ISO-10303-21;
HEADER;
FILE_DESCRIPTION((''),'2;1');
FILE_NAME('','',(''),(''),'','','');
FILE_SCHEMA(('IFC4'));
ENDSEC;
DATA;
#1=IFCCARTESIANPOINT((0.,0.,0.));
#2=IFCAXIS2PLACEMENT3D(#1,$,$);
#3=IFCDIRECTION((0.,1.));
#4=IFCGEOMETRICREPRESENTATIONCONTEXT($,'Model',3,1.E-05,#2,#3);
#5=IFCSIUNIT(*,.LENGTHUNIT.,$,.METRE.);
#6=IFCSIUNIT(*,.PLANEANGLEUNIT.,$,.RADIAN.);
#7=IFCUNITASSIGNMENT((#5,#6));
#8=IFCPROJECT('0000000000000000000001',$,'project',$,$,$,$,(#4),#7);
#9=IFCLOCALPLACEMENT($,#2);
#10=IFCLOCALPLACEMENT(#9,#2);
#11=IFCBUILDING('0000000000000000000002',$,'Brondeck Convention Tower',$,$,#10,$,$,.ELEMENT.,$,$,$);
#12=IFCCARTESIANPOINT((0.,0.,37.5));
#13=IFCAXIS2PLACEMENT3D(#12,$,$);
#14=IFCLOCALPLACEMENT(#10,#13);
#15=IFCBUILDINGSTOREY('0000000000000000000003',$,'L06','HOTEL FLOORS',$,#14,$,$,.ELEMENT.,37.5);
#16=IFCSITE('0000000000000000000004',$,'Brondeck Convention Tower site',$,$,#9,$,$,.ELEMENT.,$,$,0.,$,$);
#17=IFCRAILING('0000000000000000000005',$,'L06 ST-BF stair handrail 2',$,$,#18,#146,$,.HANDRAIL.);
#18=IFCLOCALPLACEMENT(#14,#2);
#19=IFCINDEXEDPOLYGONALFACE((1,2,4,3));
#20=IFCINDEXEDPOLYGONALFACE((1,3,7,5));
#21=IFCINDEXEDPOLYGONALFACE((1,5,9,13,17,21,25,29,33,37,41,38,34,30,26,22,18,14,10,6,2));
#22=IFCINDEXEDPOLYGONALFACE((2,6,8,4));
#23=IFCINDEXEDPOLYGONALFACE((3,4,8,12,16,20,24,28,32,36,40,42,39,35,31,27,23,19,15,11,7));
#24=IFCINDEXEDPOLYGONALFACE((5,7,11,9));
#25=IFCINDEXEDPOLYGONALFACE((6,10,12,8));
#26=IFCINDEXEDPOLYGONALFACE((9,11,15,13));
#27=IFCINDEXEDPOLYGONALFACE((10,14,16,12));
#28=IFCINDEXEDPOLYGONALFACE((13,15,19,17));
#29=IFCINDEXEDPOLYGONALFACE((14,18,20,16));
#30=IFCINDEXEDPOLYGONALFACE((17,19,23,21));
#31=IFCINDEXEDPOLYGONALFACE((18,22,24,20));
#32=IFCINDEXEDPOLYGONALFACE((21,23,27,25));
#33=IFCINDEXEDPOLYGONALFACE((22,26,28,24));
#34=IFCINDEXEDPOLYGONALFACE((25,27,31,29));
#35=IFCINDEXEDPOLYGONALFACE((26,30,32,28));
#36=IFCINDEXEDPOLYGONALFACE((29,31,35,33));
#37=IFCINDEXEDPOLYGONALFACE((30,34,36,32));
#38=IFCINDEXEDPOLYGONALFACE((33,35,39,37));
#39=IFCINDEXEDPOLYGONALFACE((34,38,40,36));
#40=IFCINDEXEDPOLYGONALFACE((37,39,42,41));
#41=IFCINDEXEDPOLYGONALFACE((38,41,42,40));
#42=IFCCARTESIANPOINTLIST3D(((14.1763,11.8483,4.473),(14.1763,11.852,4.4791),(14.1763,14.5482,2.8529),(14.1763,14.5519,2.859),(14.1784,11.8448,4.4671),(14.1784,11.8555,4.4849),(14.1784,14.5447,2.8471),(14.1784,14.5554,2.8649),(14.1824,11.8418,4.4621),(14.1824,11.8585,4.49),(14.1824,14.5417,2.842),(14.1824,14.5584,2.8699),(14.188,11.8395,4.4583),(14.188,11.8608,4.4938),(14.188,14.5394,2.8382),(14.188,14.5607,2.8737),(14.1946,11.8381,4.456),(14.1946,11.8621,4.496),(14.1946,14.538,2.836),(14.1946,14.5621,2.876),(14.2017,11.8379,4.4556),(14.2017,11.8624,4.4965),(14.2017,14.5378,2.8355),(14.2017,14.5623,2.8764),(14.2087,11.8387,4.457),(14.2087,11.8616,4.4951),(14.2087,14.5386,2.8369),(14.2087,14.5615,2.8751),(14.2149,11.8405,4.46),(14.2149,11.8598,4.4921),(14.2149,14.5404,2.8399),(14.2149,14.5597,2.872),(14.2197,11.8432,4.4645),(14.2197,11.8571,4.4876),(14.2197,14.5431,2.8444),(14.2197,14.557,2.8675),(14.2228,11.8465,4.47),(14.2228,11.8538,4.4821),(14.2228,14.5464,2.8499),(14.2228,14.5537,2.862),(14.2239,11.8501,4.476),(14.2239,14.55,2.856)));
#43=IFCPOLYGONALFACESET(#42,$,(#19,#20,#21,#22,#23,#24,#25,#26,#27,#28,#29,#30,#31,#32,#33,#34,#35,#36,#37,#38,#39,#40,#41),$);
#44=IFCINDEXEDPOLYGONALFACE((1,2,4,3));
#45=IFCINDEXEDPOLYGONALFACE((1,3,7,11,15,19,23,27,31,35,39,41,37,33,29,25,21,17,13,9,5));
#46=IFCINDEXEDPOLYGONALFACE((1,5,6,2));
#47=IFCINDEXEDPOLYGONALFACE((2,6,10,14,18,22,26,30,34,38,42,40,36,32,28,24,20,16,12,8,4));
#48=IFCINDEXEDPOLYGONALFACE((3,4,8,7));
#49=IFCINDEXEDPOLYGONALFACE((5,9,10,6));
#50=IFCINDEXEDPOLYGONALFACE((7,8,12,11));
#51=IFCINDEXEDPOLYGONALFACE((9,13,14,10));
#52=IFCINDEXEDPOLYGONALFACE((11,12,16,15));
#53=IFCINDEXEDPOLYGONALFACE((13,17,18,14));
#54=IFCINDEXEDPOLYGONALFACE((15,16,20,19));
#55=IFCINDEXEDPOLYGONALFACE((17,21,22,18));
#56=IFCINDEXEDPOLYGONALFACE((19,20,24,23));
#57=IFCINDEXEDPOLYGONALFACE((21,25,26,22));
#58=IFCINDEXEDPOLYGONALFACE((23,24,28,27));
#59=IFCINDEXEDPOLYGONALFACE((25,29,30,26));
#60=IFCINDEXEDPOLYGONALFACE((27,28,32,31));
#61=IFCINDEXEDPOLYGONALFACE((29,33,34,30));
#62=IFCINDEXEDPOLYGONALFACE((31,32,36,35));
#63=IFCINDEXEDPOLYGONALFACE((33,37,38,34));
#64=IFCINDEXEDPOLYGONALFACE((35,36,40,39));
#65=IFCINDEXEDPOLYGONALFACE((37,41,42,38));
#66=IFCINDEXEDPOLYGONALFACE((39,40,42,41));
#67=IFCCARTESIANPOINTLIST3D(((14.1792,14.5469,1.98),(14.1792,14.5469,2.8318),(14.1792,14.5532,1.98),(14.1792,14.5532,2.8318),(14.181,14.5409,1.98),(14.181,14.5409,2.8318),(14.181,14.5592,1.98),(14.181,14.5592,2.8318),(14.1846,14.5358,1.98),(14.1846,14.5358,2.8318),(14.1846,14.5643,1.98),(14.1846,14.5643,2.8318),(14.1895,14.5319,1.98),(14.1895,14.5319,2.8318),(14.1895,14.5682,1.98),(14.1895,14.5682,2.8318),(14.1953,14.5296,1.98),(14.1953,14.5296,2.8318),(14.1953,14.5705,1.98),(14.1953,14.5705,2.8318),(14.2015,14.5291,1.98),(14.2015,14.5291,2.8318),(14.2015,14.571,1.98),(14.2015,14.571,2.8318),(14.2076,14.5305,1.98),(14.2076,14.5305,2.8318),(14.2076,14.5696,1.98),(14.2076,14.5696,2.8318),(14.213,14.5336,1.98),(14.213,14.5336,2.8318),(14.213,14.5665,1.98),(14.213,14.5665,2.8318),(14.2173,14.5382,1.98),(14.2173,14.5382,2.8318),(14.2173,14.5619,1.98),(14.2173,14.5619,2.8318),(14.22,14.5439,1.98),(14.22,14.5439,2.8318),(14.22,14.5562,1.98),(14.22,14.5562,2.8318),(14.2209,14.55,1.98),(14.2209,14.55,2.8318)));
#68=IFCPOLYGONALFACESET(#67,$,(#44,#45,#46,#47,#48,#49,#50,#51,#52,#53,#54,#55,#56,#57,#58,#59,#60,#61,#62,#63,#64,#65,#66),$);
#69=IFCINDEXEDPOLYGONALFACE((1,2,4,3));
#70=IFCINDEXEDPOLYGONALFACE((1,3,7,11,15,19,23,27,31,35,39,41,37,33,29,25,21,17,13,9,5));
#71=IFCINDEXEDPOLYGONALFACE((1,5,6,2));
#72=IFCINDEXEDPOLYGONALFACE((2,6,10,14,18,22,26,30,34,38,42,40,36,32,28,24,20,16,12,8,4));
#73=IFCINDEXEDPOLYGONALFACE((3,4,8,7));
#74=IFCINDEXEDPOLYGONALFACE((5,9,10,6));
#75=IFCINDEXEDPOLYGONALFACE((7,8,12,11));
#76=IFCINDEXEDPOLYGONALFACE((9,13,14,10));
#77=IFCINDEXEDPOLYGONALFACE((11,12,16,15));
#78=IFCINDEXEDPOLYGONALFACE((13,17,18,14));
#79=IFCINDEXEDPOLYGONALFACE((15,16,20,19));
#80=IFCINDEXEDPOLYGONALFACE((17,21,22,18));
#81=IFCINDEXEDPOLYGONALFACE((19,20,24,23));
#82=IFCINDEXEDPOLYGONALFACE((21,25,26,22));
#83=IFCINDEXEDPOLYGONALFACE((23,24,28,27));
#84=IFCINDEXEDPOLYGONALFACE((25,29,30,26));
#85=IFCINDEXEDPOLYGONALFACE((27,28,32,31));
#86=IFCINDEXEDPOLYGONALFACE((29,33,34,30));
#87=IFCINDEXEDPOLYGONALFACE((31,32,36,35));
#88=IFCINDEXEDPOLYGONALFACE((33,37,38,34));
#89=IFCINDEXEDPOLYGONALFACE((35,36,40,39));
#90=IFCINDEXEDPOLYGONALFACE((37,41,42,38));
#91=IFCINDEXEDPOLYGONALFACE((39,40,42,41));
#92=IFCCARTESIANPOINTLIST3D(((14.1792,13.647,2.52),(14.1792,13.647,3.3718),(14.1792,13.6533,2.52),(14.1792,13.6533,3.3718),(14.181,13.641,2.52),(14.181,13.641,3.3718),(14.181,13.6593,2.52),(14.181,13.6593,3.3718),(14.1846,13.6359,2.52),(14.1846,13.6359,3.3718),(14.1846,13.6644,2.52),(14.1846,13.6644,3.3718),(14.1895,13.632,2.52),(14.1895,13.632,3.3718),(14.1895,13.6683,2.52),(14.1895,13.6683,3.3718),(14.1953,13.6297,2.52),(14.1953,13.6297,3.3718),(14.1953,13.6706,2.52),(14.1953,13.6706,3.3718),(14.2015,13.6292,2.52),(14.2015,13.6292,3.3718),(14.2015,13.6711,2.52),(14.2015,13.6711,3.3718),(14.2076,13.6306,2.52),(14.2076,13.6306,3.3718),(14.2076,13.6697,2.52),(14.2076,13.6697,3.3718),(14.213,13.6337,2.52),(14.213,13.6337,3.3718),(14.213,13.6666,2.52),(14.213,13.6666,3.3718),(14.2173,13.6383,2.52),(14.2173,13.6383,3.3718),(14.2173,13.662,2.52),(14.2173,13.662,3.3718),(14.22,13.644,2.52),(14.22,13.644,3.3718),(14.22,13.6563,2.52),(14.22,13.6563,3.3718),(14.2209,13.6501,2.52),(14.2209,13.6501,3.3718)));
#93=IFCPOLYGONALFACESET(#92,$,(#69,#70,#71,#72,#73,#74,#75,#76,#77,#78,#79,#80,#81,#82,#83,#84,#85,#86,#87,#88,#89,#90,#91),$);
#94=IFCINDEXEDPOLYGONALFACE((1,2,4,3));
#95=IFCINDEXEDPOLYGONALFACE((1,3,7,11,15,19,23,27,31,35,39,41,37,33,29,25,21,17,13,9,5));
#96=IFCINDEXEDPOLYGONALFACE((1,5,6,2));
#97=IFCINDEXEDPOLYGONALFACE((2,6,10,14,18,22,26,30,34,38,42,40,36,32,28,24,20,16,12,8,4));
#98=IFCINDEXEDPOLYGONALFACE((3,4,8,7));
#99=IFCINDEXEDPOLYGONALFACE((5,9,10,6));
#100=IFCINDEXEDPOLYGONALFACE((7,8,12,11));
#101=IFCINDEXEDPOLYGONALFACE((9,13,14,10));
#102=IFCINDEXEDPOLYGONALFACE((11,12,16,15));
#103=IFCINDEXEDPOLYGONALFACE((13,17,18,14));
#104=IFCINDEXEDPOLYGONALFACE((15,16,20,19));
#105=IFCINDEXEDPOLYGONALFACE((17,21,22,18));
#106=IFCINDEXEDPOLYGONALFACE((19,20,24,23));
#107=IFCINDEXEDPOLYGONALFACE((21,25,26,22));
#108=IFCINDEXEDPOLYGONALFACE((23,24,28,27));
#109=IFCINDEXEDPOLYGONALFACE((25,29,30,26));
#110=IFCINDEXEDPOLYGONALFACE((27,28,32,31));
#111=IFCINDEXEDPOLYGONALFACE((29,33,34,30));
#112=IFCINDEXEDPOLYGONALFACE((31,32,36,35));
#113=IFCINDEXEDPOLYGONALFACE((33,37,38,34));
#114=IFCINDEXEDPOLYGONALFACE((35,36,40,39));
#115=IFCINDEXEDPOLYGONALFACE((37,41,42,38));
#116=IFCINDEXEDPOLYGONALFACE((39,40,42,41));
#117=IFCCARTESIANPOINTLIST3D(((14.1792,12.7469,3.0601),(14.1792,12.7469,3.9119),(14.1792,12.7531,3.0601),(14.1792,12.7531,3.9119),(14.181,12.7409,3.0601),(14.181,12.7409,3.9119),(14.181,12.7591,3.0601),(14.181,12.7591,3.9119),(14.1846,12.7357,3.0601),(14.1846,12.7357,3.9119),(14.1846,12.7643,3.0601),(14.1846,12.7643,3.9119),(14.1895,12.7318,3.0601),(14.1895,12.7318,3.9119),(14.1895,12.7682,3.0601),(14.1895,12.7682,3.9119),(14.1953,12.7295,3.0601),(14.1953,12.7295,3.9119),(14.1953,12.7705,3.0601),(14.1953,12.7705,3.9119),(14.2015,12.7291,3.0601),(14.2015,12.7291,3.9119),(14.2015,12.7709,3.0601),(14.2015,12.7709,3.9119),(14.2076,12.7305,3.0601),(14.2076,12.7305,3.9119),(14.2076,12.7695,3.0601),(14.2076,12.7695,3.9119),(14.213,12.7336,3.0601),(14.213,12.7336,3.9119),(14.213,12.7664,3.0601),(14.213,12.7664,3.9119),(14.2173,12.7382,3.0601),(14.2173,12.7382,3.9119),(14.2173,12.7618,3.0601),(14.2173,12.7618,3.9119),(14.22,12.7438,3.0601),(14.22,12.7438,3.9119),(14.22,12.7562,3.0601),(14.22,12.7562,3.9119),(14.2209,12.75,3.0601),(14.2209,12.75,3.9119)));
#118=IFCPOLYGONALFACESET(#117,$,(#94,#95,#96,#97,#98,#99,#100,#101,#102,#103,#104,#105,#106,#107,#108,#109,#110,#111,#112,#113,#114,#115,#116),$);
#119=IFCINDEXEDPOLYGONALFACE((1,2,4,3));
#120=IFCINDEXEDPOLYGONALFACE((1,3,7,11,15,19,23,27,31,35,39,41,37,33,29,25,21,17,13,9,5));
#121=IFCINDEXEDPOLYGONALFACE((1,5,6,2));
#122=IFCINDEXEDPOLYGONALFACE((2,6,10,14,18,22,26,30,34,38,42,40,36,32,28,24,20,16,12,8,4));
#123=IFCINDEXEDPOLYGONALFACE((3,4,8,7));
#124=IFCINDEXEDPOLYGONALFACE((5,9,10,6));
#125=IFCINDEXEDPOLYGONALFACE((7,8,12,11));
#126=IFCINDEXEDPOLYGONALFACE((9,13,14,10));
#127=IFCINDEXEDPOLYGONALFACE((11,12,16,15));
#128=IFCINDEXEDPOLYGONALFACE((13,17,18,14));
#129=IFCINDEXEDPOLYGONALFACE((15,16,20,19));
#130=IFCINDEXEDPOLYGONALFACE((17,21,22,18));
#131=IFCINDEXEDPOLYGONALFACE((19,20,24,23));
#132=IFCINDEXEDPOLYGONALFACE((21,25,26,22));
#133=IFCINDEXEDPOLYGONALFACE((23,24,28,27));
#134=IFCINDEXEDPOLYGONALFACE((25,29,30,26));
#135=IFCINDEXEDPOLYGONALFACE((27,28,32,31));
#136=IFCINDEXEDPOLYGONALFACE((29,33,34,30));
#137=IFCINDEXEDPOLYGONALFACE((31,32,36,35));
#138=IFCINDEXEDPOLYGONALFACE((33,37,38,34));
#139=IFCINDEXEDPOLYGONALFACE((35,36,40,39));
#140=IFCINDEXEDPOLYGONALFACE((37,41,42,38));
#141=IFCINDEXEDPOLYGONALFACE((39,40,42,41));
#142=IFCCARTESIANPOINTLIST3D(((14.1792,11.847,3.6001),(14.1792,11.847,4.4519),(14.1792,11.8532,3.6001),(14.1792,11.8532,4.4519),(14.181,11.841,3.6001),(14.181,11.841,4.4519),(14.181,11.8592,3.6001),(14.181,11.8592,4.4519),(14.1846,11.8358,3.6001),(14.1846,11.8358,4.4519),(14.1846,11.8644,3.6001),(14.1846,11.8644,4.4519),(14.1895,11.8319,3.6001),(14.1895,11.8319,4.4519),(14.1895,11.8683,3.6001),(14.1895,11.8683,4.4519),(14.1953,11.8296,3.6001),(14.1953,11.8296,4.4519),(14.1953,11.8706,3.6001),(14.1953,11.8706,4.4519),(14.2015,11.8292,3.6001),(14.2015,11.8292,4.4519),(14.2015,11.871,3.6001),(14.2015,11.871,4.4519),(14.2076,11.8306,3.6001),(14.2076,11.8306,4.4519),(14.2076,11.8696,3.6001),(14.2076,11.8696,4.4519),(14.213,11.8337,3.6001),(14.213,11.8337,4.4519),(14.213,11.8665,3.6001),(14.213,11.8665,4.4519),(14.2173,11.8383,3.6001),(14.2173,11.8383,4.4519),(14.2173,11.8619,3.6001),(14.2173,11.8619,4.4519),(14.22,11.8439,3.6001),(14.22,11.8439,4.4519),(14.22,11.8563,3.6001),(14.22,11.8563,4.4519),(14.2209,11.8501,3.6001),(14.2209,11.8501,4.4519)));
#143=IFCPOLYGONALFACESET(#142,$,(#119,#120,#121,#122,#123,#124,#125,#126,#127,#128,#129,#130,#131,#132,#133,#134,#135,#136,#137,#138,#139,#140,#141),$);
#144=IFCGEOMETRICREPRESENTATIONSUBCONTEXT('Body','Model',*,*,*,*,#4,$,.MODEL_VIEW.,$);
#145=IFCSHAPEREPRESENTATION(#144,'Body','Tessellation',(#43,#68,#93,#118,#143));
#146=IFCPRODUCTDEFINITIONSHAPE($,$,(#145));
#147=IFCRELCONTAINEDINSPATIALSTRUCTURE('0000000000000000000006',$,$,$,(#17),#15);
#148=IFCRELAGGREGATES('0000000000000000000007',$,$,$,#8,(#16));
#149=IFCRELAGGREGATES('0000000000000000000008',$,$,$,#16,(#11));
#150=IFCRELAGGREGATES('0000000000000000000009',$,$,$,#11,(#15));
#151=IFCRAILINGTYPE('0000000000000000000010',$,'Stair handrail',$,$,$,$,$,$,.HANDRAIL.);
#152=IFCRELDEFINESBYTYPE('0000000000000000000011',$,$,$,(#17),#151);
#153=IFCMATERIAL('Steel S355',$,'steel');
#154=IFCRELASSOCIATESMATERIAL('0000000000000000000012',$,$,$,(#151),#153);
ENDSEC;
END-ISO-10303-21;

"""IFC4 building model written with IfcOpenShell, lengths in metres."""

from ifc_helpers import new_model, si_unit, direction, frame, origin, origin_2d, place, context, subcontext, project, spatial, circle, extrude, material, type_object, element, save


model = new_model("IFC4")

# Units and contexts
model_context = context("Model", 3, precision=1e-05, world=origin(), true_north=direction((0.0, 1.0)))
body_context = subcontext(model_context, "Body", "Model", "MODEL_VIEW")
ifc_project = project(units=[si_unit("LENGTHUNIT", "METRE"), si_unit("PLANEANGLEUNIT", "RADIAN")], contexts=[model_context])

# Site, building, storey
site_placement = place(None, origin())
site = spatial("IfcSite", under=ifc_project, at=site_placement, Name="Brondeck Convention Tower site", CompositionType="ELEMENT", RefElevation=0.0)
building_placement = place(site_placement, origin())
building = spatial("IfcBuilding", under=site, at=building_placement, Name="Brondeck Convention Tower", CompositionType="ELEMENT")
storey_placement = place(building_placement, frame((0.0, 0.0, 37.5)))
storey = spatial("IfcBuildingStorey", under=building, at=storey_placement, Name="L06", Description="HOTEL FLOORS", CompositionType="ELEMENT", Elevation=37.5)

# Shared definitions
ifc_material_1 = material(Name="Steel S355", Category="steel")

# Railing
railing_type_1 = type_object("IfcRailingType", Name="Stair handrail", PredefinedType="HANDRAIL", material=ifc_material_1)
railing_1_placement = place(storey_placement, frame((14.2, 14.55, 1.98)))
element("IfcRailing", 1, at=railing_1_placement, inside=storey, type_object=railing_type_1, Name="L06 ST-BF stair handrail 2", PredefinedType="HANDRAIL", context=body_context, shape_type="SweptSolid", body=[
    extrude(circle(Radius=0.0239, at=origin_2d()), frame((0.0, 0.0, 0.876), z_axis=(0.0, -0.857472, 0.51453), x_axis=(1.0, 0.0, 0.0)), (0.0, 0.0, 1.0), 3.1487),
    extrude(circle(Radius=0.021, at=origin_2d()), origin(), (0.0, 0.0, 1.0), 0.8518),
    extrude(circle(Radius=0.021, at=origin_2d()), frame((0.0, -0.8999, 0.54)), (0.0, 0.0, 1.0), 0.8518),
    extrude(circle(Radius=0.021, at=origin_2d()), frame((0.0, -1.8, 1.0801)), (0.0, 0.0, 1.0), 0.8518),
    extrude(circle(Radius=0.021, at=origin_2d()), frame((0.0, -2.7, 1.6201)), (0.0, 0.0, 1.0), 0.8518),
])

save(model, "model.ifc")
